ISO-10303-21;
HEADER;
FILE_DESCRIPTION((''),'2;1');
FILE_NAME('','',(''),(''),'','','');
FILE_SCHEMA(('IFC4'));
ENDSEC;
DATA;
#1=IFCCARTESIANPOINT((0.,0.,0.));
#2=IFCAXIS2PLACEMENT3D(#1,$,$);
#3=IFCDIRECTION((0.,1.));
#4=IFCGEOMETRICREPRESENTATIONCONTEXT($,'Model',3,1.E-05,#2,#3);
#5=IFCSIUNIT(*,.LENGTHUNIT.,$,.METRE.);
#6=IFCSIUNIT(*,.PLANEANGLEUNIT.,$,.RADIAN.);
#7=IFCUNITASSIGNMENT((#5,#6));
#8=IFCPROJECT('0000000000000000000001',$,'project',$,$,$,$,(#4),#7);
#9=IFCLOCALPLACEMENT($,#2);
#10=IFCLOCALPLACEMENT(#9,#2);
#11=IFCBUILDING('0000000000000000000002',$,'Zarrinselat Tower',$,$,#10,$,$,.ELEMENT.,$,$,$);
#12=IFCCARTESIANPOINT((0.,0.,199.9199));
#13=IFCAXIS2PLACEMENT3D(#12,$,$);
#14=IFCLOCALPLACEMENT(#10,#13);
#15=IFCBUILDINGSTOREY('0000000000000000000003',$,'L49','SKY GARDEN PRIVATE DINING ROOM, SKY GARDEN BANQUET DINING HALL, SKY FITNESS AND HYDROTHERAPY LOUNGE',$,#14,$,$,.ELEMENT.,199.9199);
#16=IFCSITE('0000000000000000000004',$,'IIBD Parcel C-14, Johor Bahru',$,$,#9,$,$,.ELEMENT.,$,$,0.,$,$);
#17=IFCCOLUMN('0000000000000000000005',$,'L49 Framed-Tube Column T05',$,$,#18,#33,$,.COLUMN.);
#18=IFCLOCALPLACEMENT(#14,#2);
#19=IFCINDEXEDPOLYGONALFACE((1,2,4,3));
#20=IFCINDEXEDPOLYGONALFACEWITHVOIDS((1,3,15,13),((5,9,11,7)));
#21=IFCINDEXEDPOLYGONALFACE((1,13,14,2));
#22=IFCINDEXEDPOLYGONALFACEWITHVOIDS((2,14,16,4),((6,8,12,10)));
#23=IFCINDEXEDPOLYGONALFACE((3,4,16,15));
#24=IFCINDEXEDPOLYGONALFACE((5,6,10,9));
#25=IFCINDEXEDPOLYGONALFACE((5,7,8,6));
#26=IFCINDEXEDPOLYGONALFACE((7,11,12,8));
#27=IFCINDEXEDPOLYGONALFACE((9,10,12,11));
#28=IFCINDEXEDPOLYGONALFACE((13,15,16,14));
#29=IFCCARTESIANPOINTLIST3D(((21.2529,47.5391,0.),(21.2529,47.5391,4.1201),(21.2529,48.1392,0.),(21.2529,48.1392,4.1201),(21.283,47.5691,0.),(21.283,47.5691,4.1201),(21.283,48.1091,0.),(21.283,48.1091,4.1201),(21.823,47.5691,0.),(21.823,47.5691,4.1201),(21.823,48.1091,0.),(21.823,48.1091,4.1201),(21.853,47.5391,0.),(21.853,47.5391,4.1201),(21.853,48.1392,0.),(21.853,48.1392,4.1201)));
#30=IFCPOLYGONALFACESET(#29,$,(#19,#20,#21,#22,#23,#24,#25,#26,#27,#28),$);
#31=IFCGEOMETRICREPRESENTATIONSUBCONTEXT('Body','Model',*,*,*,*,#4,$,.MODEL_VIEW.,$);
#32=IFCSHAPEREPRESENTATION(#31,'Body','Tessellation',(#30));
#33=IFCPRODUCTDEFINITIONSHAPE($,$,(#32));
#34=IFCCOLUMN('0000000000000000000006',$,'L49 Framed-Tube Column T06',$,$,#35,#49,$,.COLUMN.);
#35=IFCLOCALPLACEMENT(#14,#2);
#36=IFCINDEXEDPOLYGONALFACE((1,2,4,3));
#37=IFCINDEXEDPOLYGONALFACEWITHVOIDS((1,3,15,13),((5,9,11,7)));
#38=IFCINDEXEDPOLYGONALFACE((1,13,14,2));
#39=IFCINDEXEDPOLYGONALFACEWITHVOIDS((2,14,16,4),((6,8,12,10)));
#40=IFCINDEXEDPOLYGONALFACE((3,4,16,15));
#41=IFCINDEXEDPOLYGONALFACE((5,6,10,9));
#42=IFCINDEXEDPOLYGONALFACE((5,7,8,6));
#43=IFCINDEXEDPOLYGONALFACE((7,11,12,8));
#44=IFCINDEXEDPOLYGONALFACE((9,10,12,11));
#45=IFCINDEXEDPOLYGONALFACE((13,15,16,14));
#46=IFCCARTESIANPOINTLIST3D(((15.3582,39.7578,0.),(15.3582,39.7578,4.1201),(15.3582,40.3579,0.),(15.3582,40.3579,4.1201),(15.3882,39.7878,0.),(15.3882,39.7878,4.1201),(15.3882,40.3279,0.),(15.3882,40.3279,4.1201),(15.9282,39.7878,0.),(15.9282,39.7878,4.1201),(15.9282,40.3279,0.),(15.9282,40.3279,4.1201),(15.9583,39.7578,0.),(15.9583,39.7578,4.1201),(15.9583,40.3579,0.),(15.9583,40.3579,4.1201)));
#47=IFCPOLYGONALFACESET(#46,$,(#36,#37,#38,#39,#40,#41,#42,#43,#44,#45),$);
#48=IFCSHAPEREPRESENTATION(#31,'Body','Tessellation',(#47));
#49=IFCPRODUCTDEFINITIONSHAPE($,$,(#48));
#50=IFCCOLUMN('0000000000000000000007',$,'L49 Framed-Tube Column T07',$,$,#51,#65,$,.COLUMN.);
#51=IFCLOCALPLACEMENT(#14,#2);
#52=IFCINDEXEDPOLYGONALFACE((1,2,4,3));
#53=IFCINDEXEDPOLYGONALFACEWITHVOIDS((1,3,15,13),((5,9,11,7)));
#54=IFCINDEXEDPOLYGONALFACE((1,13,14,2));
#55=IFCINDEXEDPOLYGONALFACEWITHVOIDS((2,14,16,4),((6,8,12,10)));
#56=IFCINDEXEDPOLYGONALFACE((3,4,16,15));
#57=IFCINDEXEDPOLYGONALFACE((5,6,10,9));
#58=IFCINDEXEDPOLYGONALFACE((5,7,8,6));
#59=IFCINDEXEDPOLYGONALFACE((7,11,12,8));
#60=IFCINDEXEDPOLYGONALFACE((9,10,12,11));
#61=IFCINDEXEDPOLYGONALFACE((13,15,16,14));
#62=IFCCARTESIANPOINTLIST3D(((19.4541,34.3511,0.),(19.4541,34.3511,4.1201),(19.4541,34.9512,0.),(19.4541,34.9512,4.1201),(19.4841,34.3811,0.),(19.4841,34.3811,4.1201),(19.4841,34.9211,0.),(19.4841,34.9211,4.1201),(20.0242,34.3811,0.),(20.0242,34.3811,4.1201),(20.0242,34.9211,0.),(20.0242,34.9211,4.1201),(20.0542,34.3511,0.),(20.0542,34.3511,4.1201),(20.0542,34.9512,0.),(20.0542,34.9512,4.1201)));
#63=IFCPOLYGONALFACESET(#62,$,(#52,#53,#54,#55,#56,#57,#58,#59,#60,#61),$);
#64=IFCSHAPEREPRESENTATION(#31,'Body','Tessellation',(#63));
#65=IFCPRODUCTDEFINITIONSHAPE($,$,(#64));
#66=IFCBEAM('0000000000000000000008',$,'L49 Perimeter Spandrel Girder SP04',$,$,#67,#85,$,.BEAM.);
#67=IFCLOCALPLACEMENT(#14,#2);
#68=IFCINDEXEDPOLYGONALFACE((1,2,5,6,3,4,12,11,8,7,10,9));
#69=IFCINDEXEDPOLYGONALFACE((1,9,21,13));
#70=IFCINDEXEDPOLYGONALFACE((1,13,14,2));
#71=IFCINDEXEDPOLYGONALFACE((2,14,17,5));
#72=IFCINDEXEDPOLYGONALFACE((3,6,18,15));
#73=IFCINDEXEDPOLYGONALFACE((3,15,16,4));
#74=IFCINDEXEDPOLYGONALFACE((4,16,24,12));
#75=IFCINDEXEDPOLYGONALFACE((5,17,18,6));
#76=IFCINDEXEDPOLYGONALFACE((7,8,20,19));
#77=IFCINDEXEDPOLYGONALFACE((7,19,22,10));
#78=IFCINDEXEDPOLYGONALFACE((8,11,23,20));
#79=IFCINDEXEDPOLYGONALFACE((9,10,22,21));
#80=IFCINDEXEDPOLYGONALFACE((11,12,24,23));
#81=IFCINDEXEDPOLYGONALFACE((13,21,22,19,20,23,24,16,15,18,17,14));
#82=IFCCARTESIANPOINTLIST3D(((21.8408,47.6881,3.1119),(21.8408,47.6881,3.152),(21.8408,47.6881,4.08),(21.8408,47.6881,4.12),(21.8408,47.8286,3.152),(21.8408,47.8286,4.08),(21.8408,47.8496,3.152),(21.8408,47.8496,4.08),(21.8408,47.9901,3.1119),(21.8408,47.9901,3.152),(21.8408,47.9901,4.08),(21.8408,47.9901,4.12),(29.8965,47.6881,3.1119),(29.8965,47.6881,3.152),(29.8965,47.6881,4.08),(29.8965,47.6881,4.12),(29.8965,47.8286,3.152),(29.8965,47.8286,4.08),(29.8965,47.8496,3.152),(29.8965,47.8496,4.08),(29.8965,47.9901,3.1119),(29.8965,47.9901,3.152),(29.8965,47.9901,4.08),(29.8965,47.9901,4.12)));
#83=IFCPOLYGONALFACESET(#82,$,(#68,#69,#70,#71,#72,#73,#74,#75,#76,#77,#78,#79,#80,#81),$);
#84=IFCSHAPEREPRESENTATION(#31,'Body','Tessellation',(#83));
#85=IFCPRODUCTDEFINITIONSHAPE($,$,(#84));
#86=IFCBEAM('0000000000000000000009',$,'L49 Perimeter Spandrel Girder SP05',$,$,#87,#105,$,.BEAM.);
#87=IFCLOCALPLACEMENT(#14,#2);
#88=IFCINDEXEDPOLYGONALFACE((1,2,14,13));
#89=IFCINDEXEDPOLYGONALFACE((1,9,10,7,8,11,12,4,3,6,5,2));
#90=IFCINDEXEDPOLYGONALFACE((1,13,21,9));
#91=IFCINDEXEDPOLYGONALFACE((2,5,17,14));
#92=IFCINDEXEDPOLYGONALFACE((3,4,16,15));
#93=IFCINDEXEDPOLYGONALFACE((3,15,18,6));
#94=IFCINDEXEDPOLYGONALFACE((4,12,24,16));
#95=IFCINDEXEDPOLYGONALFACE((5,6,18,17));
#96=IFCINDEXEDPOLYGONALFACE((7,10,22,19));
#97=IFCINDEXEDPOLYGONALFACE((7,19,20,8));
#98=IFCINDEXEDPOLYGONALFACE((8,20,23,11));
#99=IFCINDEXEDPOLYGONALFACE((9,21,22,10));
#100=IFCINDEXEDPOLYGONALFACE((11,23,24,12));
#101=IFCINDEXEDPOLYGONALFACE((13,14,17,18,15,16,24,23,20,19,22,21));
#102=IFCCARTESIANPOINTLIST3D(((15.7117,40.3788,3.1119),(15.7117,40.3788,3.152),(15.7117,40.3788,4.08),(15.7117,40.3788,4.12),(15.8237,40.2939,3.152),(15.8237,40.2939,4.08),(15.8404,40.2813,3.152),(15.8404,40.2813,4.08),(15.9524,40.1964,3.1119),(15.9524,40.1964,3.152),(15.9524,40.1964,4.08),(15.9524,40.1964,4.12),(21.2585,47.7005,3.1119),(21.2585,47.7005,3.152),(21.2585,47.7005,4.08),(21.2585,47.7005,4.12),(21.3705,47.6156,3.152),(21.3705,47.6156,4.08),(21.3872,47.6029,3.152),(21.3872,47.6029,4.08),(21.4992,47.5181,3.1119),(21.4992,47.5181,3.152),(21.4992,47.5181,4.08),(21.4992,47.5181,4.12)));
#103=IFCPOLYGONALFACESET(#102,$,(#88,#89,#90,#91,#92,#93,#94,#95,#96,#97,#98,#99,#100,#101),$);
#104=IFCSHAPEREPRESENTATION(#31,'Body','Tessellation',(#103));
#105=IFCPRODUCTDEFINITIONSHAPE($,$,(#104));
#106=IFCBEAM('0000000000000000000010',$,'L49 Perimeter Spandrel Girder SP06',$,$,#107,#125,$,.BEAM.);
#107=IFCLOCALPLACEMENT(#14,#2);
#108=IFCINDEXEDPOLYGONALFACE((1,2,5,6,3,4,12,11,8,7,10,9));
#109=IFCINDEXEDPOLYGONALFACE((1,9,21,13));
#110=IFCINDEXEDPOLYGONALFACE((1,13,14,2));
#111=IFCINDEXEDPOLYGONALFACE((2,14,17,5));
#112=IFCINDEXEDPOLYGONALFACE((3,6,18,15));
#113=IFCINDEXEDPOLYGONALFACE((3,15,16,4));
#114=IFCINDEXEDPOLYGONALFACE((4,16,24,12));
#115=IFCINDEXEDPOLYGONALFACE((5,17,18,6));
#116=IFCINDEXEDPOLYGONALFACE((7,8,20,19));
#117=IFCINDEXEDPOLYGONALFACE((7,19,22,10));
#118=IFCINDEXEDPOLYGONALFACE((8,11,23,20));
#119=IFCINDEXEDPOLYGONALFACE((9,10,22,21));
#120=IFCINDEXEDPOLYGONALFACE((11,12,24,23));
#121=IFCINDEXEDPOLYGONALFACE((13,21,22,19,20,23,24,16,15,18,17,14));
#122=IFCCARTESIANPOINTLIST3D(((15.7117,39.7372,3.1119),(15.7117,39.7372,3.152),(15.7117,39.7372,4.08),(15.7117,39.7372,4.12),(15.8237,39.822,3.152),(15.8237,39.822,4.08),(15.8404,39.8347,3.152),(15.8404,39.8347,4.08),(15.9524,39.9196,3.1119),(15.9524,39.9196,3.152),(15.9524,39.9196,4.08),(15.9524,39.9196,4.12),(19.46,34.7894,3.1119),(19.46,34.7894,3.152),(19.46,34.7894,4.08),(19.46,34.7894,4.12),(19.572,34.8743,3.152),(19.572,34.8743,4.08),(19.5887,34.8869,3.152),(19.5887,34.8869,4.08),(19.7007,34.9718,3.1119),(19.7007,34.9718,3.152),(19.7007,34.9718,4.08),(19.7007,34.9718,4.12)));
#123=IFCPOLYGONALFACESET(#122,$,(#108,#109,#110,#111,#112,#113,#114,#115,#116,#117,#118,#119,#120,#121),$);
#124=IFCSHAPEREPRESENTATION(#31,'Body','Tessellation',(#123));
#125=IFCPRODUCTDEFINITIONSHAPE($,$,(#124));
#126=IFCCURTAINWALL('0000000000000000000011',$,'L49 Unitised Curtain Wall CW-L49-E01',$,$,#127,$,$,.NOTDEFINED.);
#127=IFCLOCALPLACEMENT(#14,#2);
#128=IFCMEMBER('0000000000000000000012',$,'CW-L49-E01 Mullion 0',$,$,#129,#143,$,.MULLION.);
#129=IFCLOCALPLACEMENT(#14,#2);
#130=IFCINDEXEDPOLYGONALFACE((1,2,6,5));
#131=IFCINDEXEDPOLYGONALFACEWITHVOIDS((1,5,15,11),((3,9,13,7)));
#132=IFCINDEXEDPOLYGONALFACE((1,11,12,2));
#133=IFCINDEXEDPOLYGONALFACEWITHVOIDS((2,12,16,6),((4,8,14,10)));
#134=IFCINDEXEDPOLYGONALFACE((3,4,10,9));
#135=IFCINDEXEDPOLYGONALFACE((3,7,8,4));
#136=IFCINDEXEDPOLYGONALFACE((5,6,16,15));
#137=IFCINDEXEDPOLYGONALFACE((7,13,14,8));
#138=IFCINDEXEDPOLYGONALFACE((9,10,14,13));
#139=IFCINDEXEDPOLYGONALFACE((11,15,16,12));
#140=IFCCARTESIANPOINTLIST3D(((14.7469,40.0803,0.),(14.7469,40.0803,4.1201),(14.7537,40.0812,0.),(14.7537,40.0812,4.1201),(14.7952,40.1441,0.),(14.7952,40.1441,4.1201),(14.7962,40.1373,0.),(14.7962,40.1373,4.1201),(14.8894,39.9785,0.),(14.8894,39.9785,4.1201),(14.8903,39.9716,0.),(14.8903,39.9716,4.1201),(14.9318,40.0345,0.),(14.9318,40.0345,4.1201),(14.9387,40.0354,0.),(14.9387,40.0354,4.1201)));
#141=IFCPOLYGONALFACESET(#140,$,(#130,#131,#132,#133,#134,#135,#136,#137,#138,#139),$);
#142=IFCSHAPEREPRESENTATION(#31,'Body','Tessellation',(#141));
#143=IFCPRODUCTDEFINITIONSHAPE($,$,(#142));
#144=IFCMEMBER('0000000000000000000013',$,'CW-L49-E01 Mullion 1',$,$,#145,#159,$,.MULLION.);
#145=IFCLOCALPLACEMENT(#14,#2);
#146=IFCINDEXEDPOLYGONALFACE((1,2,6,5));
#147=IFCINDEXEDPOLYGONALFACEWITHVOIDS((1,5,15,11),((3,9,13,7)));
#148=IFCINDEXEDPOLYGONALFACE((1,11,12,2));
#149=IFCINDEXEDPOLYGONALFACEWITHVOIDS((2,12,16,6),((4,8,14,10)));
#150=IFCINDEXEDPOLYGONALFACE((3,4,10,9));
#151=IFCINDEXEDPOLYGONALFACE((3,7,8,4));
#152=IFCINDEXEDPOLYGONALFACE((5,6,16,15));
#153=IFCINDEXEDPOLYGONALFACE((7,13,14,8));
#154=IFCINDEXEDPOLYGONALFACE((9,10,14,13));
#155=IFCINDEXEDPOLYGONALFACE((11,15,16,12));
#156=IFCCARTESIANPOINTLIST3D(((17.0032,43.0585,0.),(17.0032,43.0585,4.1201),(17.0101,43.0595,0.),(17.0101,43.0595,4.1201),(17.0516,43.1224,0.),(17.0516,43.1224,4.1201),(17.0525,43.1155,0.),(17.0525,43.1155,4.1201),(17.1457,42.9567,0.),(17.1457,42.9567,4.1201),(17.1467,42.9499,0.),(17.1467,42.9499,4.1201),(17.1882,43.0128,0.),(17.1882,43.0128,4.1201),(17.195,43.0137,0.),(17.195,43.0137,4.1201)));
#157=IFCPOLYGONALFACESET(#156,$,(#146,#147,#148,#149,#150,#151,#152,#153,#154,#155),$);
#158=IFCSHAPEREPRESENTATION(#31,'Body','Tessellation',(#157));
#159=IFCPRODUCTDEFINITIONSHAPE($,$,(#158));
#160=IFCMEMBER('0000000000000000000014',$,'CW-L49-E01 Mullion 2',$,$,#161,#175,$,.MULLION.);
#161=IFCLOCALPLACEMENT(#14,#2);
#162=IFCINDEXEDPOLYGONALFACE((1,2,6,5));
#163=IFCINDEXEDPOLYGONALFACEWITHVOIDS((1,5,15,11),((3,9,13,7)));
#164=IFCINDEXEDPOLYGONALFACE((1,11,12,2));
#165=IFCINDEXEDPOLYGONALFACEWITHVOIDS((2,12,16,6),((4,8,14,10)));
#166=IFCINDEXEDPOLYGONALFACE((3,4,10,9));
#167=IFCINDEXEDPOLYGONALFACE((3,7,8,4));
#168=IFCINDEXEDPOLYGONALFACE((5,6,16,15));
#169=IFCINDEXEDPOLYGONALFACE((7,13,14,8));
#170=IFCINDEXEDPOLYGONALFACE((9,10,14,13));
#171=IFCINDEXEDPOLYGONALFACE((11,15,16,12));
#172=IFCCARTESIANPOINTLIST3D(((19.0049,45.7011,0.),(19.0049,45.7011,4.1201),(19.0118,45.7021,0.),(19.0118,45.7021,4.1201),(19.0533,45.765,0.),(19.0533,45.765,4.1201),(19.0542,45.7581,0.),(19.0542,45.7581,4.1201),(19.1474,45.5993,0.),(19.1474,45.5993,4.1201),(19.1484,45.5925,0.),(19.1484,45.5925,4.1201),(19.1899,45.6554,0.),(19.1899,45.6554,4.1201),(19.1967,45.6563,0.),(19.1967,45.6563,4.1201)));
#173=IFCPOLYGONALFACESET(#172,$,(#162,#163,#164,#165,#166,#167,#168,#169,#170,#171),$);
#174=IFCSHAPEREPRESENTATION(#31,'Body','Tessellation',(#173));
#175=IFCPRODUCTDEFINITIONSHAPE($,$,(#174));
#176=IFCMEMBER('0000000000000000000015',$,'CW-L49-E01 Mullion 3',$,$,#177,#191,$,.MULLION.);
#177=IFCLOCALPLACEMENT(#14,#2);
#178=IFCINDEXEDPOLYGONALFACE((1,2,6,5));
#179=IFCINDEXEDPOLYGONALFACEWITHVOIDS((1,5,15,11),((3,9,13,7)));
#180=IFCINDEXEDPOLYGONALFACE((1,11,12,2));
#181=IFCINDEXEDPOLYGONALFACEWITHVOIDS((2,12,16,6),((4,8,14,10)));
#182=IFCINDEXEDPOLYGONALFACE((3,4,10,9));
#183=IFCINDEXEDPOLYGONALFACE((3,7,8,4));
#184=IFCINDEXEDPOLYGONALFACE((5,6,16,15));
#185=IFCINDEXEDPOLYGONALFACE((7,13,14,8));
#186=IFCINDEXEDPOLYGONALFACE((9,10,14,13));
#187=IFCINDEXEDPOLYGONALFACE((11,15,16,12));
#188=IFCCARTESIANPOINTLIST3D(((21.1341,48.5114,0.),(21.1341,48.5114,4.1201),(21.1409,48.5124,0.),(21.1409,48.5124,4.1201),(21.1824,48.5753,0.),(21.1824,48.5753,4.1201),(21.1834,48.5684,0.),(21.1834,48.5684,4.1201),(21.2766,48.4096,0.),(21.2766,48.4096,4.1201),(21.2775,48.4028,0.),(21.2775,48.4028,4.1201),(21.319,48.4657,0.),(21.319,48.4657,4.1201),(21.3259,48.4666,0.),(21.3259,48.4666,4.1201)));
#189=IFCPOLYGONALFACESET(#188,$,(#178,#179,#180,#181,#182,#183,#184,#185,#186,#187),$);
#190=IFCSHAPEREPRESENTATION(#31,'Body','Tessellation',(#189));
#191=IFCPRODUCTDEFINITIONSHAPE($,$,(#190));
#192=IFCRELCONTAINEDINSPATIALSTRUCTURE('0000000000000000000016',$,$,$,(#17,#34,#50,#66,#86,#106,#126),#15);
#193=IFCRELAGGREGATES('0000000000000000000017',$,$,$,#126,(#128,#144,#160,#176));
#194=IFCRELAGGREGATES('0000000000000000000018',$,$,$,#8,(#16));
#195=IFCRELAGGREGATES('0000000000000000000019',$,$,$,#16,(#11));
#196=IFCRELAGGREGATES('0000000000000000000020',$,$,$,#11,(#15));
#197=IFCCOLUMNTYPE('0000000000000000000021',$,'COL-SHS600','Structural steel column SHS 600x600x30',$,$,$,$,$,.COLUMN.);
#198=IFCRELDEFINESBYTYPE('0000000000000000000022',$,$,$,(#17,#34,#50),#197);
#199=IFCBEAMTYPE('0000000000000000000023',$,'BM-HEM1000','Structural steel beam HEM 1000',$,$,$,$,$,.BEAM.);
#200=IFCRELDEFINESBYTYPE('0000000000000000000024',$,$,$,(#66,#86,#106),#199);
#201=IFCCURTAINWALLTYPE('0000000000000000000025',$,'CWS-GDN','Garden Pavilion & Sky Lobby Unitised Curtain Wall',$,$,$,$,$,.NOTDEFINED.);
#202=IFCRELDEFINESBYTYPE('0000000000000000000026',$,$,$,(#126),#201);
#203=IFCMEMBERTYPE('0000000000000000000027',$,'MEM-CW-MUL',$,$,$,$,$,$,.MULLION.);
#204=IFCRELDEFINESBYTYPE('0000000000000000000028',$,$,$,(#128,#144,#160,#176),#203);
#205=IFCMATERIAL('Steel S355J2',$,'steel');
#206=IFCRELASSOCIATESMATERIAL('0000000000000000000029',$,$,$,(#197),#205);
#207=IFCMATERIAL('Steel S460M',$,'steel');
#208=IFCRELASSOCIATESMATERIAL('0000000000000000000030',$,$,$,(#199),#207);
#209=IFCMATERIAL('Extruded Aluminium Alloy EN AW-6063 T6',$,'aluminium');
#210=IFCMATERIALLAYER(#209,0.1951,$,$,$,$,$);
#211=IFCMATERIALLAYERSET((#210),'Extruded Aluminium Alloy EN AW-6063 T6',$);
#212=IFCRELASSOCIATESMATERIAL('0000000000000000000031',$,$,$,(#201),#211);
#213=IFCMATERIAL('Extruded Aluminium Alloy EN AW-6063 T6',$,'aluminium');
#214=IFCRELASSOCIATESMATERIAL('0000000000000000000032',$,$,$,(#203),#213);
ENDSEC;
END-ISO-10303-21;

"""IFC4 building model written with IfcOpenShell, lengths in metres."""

from ifc_helpers import new_model, si_unit, direction, frame, origin, origin_2d, place, context, subcontext, project, spatial, hollow_rectangle, i_section, extrude, material, layer, layer_set, material_profile, profile_set, type_object, element, aggregate, save


model = new_model("IFC4")

# Units and contexts
model_context = context("Model", 3, precision=1e-05, world=origin(), true_north=direction((0.0, 1.0)))
body_context = subcontext(model_context, "Body", "Model", "MODEL_VIEW")
ifc_project = project(units=[si_unit("LENGTHUNIT", "METRE"), si_unit("PLANEANGLEUNIT", "RADIAN")], contexts=[model_context])

# Site, building, storey
site_placement = place(None, origin())
site = spatial("IfcSite", under=ifc_project, at=site_placement, Name="IIBD Parcel C-14, Johor Bahru", CompositionType="ELEMENT", RefElevation=0.0)
building_placement = place(site_placement, origin())
building = spatial("IfcBuilding", under=site, at=building_placement, Name="Zarrinselat Tower", CompositionType="ELEMENT")
storey_placement = place(building_placement, frame((0.0, 0.0, 199.9199)))
storey = spatial("IfcBuildingStorey", under=building, at=storey_placement, Name="L49", Description="SKY GARDEN PRIVATE DINING ROOM, SKY GARDEN BANQUET DINING HALL, SKY FITNESS AND HYDROTHERAPY LOUNGE", CompositionType="ELEMENT", Elevation=199.9199)

# Columns
ifc_material_1 = material(Name="Steel S355J2", Category="steel")
ifc_material_profile_1 = material_profile(ifc_material_1, hollow_rectangle(XDim=0.6001, YDim=0.6001, WallThickness=0.03, at=origin_2d()), Name="SHS 600x600x30")
ifc_profile_set_1 = profile_set([ifc_material_profile_1], Name="Steel S355J2")
column_type = type_object("IfcColumnType", Name="COL-SHS600", Description="Structural steel column SHS 600x600x30", PredefinedType="COLUMN", material=ifc_profile_set_1)
for number, where, z_axis, x_axis, name in (
    (1, (21.553, 47.8391, 0.0), (0.0, 0.0, 1.0), (1.0, 0.0, 0.0), "L49 Framed-Tube Column T05"),
    (2, (15.6582, 40.0579, 0.0), (0.0, 0.0, 1.0), (1.0, 0.0, 0.0), "L49 Framed-Tube Column T06"),
    (3, (19.7542, 34.6511, 0.0), (0.0, 0.0, 1.0), (1.0, 0.0, 0.0), "L49 Framed-Tube Column T07"),
):
    element("IfcColumn", number, at=place(storey_placement, frame(where, z_axis=z_axis, x_axis=x_axis)), inside=storey, type_object=column_type, Name=name, PredefinedType="COLUMN", context=body_context, shape_type="SweptSolid", body=[
        extrude(hollow_rectangle(XDim=0.6001, YDim=0.6001, WallThickness=0.03, at=origin_2d()), origin(), (0.0, 0.0, 1.0), 4.1201),
    ])

# Beams
ifc_material_2 = material(Name="Steel S460M", Category="steel")
ifc_material_profile_2 = material_profile(ifc_material_2, i_section(OverallWidth=0.302, OverallDepth=1.0081, WebThickness=0.021, FlangeThickness=0.04, at=origin_2d()), Name="HEM 1000")
ifc_profile_set_2 = profile_set([ifc_material_profile_2], Name="Steel S460M")
beam_type = type_object("IfcBeamType", Name="BM-HEM1000", Description="Structural steel beam HEM 1000", PredefinedType="BEAM", material=ifc_profile_set_2)
beam_1_placement = place(storey_placement, frame((21.8408, 47.8391, 3.616), z_axis=(1.0, 0.0, 0.0), x_axis=(0.0, 1.0, 0.0)))
element("IfcBeam", 4, at=beam_1_placement, inside=storey, type_object=beam_type, Name="L49 Perimeter Spandrel Girder SP04", PredefinedType="BEAM", context=body_context, shape_type="SweptSolid", body=[
    extrude(i_section(OverallWidth=0.302, OverallDepth=1.0081, WebThickness=0.021, FlangeThickness=0.04, at=origin_2d()), origin(), (0.0, 0.0, 1.0), 8.0557),
])
beam_2_placement = place(storey_placement, frame((15.832, 40.2876, 3.616), z_axis=(0.603863, 0.797088, 0.0), x_axis=(-0.797088, 0.603863, 0.0)))
element("IfcBeam", 5, at=beam_2_placement, inside=storey, type_object=beam_type, Name="L49 Perimeter Spandrel Girder SP05", PredefinedType="BEAM", context=body_context, shape_type="SweptSolid", body=[
    extrude(i_section(OverallWidth=0.302, OverallDepth=1.0081, WebThickness=0.021, FlangeThickness=0.04, at=origin_2d()), origin(), (0.0, 0.0, 1.0), 9.1855),
])
beam_3_placement = place(storey_placement, frame((15.832, 39.8284, 3.616), z_axis=(0.603857, -0.797093, 0.0), x_axis=(0.797093, 0.603857, 0.0)))
element("IfcBeam", 6, at=beam_3_placement, inside=storey, type_object=beam_type, Name="L49 Perimeter Spandrel Girder SP06", PredefinedType="BEAM", context=body_context, shape_type="SweptSolid", body=[
    extrude(i_section(OverallWidth=0.302, OverallDepth=1.0081, WebThickness=0.021, FlangeThickness=0.04, at=origin_2d()), origin(), (0.0, 0.0, 1.0), 6.2073),
])

# Curtain wall, members
ifc_material_3 = material(Name="Extruded Aluminium Alloy EN AW-6063 T6", Category="aluminium")
ifc_layer_1 = layer(ifc_material_3, 0.1951)
ifc_layer_set_1 = layer_set([ifc_layer_1], Name="Extruded Aluminium Alloy EN AW-6063 T6")
curtain_wall_type = type_object("IfcCurtainWallType", Name="CWS-GDN", Description="Garden Pavilion & Sky Lobby Unitised Curtain Wall", PredefinedType="NOTDEFINED", material=ifc_layer_set_1)
curtain_wall_1_placement = place(storey_placement, origin())
curtain_wall_1 = element("IfcCurtainWall", 7, at=curtain_wall_1_placement, inside=storey, type_object=curtain_wall_type, Name="L49 Unitised Curtain Wall CW-L49-E01", PredefinedType="NOTDEFINED")
ifc_material_4 = material(Name="Extruded Aluminium Alloy EN AW-6063 T6", Category="aluminium")
ifc_material_profile_3 = material_profile(ifc_material_4, hollow_rectangle(XDim=0.0801, YDim=0.1799, WallThickness=0.0049, at=origin_2d()), Name="RHS 180x80x5")
ifc_profile_set_3 = profile_set([ifc_material_profile_3], Name="Extruded Aluminium Alloy EN AW-6063 T6")
member_type_1 = type_object("IfcMemberType", Name="MEM-CW-MUL", PredefinedType="MULLION", material=ifc_profile_set_3)
member_1_placement = place(storey_placement, frame((14.8428, 40.0579, 0.0), z_axis=(0.0, 0.0, 1.0), x_axis=(0.603858, 0.797092, 0.0)))
member_1 = element("IfcMember", 8, at=member_1_placement, type_object=member_type_1, Name="CW-L49-E01 Mullion 0", PredefinedType="MULLION", context=body_context, shape_type="SweptSolid", body=[
    extrude(hollow_rectangle(XDim=0.0801, YDim=0.1799, WallThickness=0.0049, at=origin_2d()), origin(), (0.0, 0.0, 1.0), 4.1201),
])
member_2_placement = place(storey_placement, frame((17.0991, 43.0361, 0.0), z_axis=(0.0, 0.0, 1.0), x_axis=(0.603858, 0.797092, 0.0)))
member_2 = element("IfcMember", 9, at=member_2_placement, type_object=member_type_1, Name="CW-L49-E01 Mullion 1", PredefinedType="MULLION", context=body_context, shape_type="SweptSolid", body=[
    extrude(hollow_rectangle(XDim=0.0801, YDim=0.1799, WallThickness=0.0049, at=origin_2d()), origin(), (0.0, 0.0, 1.0), 4.1201),
])
member_3_placement = place(storey_placement, frame((19.1008, 45.6787, 0.0), z_axis=(0.0, 0.0, 1.0), x_axis=(0.603858, 0.797092, 0.0)))
member_3 = element("IfcMember", 10, at=member_3_placement, type_object=member_type_1, Name="CW-L49-E01 Mullion 2", PredefinedType="MULLION", context=body_context, shape_type="SweptSolid", body=[
    extrude(hollow_rectangle(XDim=0.0801, YDim=0.1799, WallThickness=0.0049, at=origin_2d()), origin(), (0.0, 0.0, 1.0), 4.1201),
])
member_4_placement = place(storey_placement, frame((21.23, 48.489, 0.0), z_axis=(0.0, 0.0, 1.0), x_axis=(0.603858, 0.797092, 0.0)))
member_4 = element("IfcMember", 11, at=member_4_placement, type_object=member_type_1, Name="CW-L49-E01 Mullion 3", PredefinedType="MULLION", context=body_context, shape_type="SweptSolid", body=[
    extrude(hollow_rectangle(XDim=0.0801, YDim=0.1799, WallThickness=0.0049, at=origin_2d()), origin(), (0.0, 0.0, 1.0), 4.1201),
])

aggregate(curtain_wall_1, [member_1, member_2, member_3, member_4])

save(model, "model.ifc")
